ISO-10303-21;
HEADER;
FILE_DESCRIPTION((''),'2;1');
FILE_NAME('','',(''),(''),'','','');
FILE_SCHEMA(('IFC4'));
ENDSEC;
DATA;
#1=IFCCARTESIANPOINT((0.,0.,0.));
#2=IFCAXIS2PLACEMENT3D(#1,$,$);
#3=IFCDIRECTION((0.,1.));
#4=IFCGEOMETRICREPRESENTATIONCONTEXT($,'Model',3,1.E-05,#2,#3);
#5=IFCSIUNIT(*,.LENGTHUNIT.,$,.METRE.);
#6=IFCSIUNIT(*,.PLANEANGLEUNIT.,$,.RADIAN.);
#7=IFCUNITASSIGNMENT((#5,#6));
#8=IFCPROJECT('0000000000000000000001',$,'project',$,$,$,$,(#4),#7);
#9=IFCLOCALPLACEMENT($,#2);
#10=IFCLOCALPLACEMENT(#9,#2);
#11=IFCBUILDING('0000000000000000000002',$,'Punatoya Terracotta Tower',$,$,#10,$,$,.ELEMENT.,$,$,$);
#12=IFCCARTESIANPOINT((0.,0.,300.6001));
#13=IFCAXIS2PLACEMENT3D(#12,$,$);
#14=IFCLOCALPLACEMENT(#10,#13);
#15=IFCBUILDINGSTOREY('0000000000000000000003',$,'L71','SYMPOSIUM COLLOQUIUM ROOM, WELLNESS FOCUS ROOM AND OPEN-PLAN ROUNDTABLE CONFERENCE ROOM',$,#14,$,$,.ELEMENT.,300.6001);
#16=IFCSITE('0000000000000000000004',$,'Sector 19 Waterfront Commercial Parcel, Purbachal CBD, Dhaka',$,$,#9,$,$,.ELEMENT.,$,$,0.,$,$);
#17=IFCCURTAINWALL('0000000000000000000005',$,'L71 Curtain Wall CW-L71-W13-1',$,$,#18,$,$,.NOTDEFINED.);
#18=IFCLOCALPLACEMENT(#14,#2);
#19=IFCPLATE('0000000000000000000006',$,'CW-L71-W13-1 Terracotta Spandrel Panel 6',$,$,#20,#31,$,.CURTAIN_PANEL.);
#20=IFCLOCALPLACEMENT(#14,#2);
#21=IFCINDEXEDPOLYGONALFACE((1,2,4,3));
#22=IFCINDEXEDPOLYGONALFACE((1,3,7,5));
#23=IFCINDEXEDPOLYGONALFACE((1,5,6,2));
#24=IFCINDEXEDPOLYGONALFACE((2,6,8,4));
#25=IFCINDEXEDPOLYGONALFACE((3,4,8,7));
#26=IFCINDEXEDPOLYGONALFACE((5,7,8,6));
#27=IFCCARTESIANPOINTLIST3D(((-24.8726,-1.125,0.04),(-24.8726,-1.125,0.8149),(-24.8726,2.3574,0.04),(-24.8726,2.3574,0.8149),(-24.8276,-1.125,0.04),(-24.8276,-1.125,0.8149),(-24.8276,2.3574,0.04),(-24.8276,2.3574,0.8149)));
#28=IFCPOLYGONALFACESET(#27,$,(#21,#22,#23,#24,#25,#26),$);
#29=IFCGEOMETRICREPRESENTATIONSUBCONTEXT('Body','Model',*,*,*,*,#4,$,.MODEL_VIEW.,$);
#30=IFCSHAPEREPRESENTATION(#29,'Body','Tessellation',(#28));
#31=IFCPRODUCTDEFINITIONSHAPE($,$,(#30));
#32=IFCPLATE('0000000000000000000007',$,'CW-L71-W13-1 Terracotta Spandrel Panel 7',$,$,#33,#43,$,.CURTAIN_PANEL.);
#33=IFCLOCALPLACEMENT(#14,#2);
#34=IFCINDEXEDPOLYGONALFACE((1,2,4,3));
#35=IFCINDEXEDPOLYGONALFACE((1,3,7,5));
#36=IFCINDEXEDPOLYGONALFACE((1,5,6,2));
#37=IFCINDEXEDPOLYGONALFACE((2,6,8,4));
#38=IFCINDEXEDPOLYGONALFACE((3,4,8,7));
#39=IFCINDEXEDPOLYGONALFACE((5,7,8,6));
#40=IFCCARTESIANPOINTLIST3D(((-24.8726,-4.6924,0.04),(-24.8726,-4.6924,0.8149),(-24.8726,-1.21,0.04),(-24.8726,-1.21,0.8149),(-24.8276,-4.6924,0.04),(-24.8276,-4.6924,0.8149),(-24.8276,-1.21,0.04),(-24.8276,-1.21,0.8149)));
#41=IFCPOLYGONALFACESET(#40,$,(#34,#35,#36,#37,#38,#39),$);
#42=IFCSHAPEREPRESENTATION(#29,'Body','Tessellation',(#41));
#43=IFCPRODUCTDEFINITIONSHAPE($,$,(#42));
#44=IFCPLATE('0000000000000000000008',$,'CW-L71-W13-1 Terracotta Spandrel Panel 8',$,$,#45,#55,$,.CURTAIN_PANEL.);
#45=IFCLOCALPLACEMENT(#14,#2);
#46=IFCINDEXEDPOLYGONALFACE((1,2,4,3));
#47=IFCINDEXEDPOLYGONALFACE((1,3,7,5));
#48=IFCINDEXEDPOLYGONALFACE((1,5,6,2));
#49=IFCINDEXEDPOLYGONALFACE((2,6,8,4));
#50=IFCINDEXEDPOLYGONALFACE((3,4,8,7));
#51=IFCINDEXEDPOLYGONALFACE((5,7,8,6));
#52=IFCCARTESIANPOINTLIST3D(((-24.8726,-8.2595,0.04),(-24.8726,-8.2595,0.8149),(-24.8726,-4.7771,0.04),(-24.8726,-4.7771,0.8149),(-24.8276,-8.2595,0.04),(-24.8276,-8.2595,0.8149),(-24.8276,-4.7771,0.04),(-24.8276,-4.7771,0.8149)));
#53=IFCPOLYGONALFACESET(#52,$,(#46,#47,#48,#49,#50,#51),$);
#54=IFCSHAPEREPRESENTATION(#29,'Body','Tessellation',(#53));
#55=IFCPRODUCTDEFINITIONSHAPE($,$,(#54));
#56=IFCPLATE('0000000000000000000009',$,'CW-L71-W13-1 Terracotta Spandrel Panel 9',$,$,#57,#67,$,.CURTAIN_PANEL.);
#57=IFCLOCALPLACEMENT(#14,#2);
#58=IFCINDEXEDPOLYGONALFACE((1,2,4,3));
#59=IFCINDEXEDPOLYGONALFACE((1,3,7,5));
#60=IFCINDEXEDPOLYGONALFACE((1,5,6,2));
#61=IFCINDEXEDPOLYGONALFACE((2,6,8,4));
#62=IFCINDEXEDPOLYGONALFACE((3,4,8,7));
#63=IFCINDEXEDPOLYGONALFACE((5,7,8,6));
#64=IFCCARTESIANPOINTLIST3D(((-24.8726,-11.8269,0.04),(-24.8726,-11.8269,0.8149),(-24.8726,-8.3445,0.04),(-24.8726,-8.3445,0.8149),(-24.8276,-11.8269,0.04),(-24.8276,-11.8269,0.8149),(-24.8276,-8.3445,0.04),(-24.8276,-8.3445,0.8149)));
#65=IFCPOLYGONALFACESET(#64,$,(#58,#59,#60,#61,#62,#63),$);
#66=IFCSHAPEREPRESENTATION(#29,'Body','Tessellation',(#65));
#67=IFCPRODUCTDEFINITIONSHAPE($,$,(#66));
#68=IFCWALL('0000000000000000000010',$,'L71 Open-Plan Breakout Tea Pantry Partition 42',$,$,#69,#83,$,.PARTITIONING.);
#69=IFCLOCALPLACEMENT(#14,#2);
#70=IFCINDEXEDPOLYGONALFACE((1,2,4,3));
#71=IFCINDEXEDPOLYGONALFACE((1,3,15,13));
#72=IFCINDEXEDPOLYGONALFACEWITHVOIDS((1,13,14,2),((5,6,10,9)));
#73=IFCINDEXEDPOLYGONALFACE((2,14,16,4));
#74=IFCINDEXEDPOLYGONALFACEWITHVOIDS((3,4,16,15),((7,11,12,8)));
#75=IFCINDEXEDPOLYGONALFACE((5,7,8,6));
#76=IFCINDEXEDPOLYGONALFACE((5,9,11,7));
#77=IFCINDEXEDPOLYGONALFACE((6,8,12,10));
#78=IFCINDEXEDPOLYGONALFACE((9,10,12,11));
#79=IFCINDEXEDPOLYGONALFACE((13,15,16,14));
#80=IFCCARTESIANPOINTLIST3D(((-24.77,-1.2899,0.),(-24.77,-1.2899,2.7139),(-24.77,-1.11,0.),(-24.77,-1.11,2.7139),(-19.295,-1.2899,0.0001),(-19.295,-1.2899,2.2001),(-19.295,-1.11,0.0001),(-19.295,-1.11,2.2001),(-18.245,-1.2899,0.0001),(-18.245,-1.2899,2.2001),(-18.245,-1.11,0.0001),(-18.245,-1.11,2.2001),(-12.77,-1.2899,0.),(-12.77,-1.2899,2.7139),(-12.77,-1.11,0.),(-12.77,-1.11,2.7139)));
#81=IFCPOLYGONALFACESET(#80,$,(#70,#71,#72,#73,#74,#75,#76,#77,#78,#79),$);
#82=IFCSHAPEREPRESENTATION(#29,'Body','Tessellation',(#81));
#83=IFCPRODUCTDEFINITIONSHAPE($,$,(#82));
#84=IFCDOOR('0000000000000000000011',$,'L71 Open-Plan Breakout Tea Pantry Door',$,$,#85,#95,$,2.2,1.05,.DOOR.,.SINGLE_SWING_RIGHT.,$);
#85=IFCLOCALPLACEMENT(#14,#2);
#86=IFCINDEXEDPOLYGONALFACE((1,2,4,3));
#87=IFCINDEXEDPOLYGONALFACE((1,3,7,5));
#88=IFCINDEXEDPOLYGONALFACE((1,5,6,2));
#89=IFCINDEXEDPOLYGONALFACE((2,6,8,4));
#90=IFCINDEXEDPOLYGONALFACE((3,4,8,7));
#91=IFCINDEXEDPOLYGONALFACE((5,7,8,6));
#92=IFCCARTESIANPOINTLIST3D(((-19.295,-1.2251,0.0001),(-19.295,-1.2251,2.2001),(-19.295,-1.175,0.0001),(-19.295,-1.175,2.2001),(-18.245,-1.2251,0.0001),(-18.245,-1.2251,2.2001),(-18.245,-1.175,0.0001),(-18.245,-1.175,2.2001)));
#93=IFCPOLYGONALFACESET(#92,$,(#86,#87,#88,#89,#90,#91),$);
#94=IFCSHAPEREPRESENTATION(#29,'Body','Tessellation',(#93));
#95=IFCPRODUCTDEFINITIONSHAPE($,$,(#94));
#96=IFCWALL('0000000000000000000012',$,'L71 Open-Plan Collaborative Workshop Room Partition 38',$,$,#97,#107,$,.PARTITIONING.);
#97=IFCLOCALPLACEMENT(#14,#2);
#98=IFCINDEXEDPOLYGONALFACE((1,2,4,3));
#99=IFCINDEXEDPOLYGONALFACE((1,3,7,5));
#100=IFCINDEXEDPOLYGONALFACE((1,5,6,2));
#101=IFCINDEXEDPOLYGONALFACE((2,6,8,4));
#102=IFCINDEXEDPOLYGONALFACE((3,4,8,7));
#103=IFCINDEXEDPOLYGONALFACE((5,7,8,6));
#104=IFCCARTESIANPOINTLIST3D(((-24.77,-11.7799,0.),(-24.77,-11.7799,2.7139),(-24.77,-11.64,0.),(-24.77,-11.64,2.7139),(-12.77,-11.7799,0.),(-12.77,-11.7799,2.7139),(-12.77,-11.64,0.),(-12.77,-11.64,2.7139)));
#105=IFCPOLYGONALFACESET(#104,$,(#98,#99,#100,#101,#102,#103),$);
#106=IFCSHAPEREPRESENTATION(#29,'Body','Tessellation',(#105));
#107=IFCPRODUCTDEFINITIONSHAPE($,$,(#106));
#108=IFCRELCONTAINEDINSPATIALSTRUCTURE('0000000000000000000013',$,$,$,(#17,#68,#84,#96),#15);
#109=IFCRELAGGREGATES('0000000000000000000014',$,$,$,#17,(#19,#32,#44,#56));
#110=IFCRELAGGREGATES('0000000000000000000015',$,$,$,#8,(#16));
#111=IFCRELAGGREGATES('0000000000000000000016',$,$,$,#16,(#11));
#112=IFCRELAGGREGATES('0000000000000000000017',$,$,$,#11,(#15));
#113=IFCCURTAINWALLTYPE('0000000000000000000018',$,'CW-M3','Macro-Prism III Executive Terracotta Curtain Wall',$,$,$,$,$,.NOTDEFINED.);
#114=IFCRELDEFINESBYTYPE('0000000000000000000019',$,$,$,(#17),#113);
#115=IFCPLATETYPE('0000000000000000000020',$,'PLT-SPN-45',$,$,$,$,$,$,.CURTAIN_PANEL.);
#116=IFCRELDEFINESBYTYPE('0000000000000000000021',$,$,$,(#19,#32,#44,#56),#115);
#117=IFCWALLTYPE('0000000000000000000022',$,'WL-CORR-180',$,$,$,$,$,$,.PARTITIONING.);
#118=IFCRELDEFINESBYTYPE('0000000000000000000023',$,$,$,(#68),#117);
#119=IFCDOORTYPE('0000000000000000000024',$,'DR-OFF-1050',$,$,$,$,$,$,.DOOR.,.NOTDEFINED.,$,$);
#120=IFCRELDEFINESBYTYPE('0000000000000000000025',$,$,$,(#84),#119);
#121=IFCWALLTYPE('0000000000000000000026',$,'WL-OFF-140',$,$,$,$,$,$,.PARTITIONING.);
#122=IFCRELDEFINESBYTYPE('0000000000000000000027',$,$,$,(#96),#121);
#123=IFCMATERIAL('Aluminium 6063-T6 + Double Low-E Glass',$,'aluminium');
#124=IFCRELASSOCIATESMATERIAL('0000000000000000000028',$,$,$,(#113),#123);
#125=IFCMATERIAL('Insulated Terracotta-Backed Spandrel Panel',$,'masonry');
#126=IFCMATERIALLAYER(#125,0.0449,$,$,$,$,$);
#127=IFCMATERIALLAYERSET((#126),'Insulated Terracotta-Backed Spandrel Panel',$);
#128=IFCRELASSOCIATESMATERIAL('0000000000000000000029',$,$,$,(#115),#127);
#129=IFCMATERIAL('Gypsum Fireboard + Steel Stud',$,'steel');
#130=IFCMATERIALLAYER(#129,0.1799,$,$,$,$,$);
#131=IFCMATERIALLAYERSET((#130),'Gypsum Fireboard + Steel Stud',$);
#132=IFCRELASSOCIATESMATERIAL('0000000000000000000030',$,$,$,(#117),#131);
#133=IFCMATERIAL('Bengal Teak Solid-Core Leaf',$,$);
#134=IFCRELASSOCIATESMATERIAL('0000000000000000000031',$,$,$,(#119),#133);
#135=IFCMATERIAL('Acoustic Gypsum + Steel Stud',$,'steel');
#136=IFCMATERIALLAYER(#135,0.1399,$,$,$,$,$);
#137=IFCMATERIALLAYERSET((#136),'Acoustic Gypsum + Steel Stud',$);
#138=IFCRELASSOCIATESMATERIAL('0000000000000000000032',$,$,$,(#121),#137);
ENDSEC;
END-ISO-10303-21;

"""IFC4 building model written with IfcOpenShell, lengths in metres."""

from ifc_helpers import new_model, si_unit, direction, frame, frame_2d, origin, origin_2d, place, context, subcontext, project, spatial, rectangle, extrude, material, layer, layer_set, type_object, element, fill, aggregate, save


model = new_model("IFC4")

# Units and contexts
model_context = context("Model", 3, precision=1e-05, world=origin(), true_north=direction((0.0, 1.0)))
body_context = subcontext(model_context, "Body", "Model", "MODEL_VIEW")
ifc_project = project(units=[si_unit("LENGTHUNIT", "METRE"), si_unit("PLANEANGLEUNIT", "RADIAN")], contexts=[model_context])

# Site, building, storey
site_placement = place(None, origin())
site = spatial("IfcSite", under=ifc_project, at=site_placement, Name="Sector 19 Waterfront Commercial Parcel, Purbachal CBD, Dhaka", CompositionType="ELEMENT", RefElevation=0.0)
building_placement = place(site_placement, origin())
building = spatial("IfcBuilding", under=site, at=building_placement, Name="Punatoya Terracotta Tower", CompositionType="ELEMENT")
storey_placement = place(building_placement, frame((0.0, 0.0, 300.6001)))
storey = spatial("IfcBuildingStorey", under=building, at=storey_placement, Name="L71", Description="SYMPOSIUM COLLOQUIUM ROOM, WELLNESS FOCUS ROOM AND OPEN-PLAN ROUNDTABLE CONFERENCE ROOM", CompositionType="ELEMENT", Elevation=300.6001)

# Curtain wall, plates
ifc_material_1 = material(Name="Aluminium 6063-T6 + Double Low-E Glass", Category="aluminium")
curtain_wall_type = type_object("IfcCurtainWallType", Name="CW-M3", Description="Macro-Prism III Executive Terracotta Curtain Wall", PredefinedType="NOTDEFINED", material=ifc_material_1)
curtain_wall_placement = place(storey_placement, origin())
curtain_wall = element("IfcCurtainWall", 1, at=curtain_wall_placement, inside=storey, type_object=curtain_wall_type, Name="L71 Curtain Wall CW-L71-W13-1", PredefinedType="NOTDEFINED")
ifc_material_2 = material(Name="Insulated Terracotta-Backed Spandrel Panel", Category="masonry")
ifc_layer_1 = layer(ifc_material_2, 0.0449)
ifc_layer_set_1 = layer_set([ifc_layer_1], Name="Insulated Terracotta-Backed Spandrel Panel")
plate_type_1 = type_object("IfcPlateType", Name="PLT-SPN-45", PredefinedType="CURTAIN_PANEL", material=ifc_layer_set_1)
plate_1_placement = place(storey_placement, frame((-24.8501, 0.6162, 0.04), z_axis=(0.0, 0.0, 1.0), x_axis=(0.0, -1.0, 0.0)))
plate_1 = element("IfcPlate", 2, at=plate_1_placement, type_object=plate_type_1, Name="CW-L71-W13-1 Terracotta Spandrel Panel 6", PredefinedType="CURTAIN_PANEL", context=body_context, shape_type="SweptSolid", body=[
    extrude(rectangle(XDim=3.4824, YDim=0.0449, at=origin_2d()), origin(), (0.0, 0.0, 1.0), 0.7749),
])
plate_2_placement = place(storey_placement, frame((-24.8501, -2.9512, 0.04), z_axis=(0.0, 0.0, 1.0), x_axis=(0.0, -1.0, 0.0)))
plate_2 = element("IfcPlate", 3, at=plate_2_placement, type_object=plate_type_1, Name="CW-L71-W13-1 Terracotta Spandrel Panel 7", PredefinedType="CURTAIN_PANEL", context=body_context, shape_type="SweptSolid", body=[
    extrude(rectangle(XDim=3.4824, YDim=0.0449, at=origin_2d()), origin(), (0.0, 0.0, 1.0), 0.7749),
])
plate_3_placement = place(storey_placement, frame((-24.8501, -6.5183, 0.04), z_axis=(0.0, 0.0, 1.0), x_axis=(0.0, -1.0, 0.0)))
plate_3 = element("IfcPlate", 4, at=plate_3_placement, type_object=plate_type_1, Name="CW-L71-W13-1 Terracotta Spandrel Panel 8", PredefinedType="CURTAIN_PANEL", context=body_context, shape_type="SweptSolid", body=[
    extrude(rectangle(XDim=3.4824, YDim=0.0449, at=origin_2d()), origin(), (0.0, 0.0, 1.0), 0.7749),
])
plate_4_placement = place(storey_placement, frame((-24.8501, -10.0857, 0.04), z_axis=(0.0, 0.0, 1.0), x_axis=(0.0, -1.0, 0.0)))
plate_4 = element("IfcPlate", 5, at=plate_4_placement, type_object=plate_type_1, Name="CW-L71-W13-1 Terracotta Spandrel Panel 9", PredefinedType="CURTAIN_PANEL", context=body_context, shape_type="SweptSolid", body=[
    extrude(rectangle(XDim=3.4824, YDim=0.0449, at=origin_2d()), origin(), (0.0, 0.0, 1.0), 0.7749),
])
aggregate(curtain_wall, [plate_1, plate_2, plate_3, plate_4])

# Wall, opening, door
ifc_material_3 = material(Name="Gypsum Fireboard + Steel Stud", Category="steel")
ifc_layer_2 = layer(ifc_material_3, 0.1799)
ifc_layer_set_2 = layer_set([ifc_layer_2], Name="Gypsum Fireboard + Steel Stud")
wall_type_1 = type_object("IfcWallType", Name="WL-CORR-180", PredefinedType="PARTITIONING", material=ifc_layer_set_2)
wall_1_placement = place(storey_placement, frame((-24.77, -1.2, 0.0), z_axis=(0.0, 0.0, 1.0), x_axis=(1.0, 0.0, 0.0)))
wall_1 = element("IfcWall", 6, at=wall_1_placement, inside=storey, type_object=wall_type_1, Name="L71 Open-Plan Breakout Tea Pantry Partition 42", PredefinedType="PARTITIONING", context=body_context, shape_type="SweptSolid", body=[
    extrude(rectangle(XDim=12.0, YDim=0.1799, at=frame_2d((6.0, 0.0))), origin(), (0.0, 0.0, 1.0), 2.7139),
])
opening_placement = place(wall_1_placement, frame((5.4751, 0.0, 0.0)))
opening = element("IfcOpeningElement", 7, at=opening_placement, cuts=wall_1, PredefinedType="OPENING", context=body_context, shape_type="SweptSolid", body=[
    extrude(rectangle(XDim=1.05, YDim=2.2, at=frame_2d((0.5249, 1.1001))), frame((0.0, 0.0999, 0.0), z_axis=(0.0, -1.0, 0.0), x_axis=(1.0, 0.0, 0.0)), (0.0, 0.0, 1.0), 0.2),
])
ifc_material_4 = material(Name="Bengal Teak Solid-Core Leaf")
door_type = type_object("IfcDoorType", Name="DR-OFF-1050", OperationType="NOTDEFINED", PredefinedType="DOOR", material=ifc_material_4)
door_placement = place(opening_placement, origin())
door = element("IfcDoor", 8, at=door_placement, inside=storey, type_object=door_type, Name="L71 Open-Plan Breakout Tea Pantry Door", OperationType="SINGLE_SWING_RIGHT", OverallHeight=2.2, OverallWidth=1.05, PredefinedType="DOOR", context=body_context, shape_type="SweptSolid", body=[
    extrude(rectangle(XDim=1.05, YDim=2.2, at=frame_2d((0.5249, 1.1001))), frame((0.0, 0.0249, 0.0), z_axis=(0.0, -1.0, 0.0), x_axis=(1.0, 0.0, 0.0)), (0.0, 0.0, 1.0), 0.05),
])
fill(opening, door)

# Wall
ifc_material_5 = material(Name="Acoustic Gypsum + Steel Stud", Category="steel")
ifc_layer_3 = layer(ifc_material_5, 0.1399)
ifc_layer_set_3 = layer_set([ifc_layer_3], Name="Acoustic Gypsum + Steel Stud")
wall_type_2 = type_object("IfcWallType", Name="WL-OFF-140", PredefinedType="PARTITIONING", material=ifc_layer_set_3)
wall_2_placement = place(storey_placement, frame((-24.77, -11.71, 0.0), z_axis=(0.0, 0.0, 1.0), x_axis=(1.0, 0.0, 0.0)))
element("IfcWall", 9, at=wall_2_placement, inside=storey, type_object=wall_type_2, Name="L71 Open-Plan Collaborative Workshop Room Partition 38", PredefinedType="PARTITIONING", context=body_context, shape_type="SweptSolid", body=[
    extrude(rectangle(XDim=12.0, YDim=0.1399, at=frame_2d((6.0, 0.0))), origin(), (0.0, 0.0, 1.0), 2.7139),
])

save(model, "model.ifc")
